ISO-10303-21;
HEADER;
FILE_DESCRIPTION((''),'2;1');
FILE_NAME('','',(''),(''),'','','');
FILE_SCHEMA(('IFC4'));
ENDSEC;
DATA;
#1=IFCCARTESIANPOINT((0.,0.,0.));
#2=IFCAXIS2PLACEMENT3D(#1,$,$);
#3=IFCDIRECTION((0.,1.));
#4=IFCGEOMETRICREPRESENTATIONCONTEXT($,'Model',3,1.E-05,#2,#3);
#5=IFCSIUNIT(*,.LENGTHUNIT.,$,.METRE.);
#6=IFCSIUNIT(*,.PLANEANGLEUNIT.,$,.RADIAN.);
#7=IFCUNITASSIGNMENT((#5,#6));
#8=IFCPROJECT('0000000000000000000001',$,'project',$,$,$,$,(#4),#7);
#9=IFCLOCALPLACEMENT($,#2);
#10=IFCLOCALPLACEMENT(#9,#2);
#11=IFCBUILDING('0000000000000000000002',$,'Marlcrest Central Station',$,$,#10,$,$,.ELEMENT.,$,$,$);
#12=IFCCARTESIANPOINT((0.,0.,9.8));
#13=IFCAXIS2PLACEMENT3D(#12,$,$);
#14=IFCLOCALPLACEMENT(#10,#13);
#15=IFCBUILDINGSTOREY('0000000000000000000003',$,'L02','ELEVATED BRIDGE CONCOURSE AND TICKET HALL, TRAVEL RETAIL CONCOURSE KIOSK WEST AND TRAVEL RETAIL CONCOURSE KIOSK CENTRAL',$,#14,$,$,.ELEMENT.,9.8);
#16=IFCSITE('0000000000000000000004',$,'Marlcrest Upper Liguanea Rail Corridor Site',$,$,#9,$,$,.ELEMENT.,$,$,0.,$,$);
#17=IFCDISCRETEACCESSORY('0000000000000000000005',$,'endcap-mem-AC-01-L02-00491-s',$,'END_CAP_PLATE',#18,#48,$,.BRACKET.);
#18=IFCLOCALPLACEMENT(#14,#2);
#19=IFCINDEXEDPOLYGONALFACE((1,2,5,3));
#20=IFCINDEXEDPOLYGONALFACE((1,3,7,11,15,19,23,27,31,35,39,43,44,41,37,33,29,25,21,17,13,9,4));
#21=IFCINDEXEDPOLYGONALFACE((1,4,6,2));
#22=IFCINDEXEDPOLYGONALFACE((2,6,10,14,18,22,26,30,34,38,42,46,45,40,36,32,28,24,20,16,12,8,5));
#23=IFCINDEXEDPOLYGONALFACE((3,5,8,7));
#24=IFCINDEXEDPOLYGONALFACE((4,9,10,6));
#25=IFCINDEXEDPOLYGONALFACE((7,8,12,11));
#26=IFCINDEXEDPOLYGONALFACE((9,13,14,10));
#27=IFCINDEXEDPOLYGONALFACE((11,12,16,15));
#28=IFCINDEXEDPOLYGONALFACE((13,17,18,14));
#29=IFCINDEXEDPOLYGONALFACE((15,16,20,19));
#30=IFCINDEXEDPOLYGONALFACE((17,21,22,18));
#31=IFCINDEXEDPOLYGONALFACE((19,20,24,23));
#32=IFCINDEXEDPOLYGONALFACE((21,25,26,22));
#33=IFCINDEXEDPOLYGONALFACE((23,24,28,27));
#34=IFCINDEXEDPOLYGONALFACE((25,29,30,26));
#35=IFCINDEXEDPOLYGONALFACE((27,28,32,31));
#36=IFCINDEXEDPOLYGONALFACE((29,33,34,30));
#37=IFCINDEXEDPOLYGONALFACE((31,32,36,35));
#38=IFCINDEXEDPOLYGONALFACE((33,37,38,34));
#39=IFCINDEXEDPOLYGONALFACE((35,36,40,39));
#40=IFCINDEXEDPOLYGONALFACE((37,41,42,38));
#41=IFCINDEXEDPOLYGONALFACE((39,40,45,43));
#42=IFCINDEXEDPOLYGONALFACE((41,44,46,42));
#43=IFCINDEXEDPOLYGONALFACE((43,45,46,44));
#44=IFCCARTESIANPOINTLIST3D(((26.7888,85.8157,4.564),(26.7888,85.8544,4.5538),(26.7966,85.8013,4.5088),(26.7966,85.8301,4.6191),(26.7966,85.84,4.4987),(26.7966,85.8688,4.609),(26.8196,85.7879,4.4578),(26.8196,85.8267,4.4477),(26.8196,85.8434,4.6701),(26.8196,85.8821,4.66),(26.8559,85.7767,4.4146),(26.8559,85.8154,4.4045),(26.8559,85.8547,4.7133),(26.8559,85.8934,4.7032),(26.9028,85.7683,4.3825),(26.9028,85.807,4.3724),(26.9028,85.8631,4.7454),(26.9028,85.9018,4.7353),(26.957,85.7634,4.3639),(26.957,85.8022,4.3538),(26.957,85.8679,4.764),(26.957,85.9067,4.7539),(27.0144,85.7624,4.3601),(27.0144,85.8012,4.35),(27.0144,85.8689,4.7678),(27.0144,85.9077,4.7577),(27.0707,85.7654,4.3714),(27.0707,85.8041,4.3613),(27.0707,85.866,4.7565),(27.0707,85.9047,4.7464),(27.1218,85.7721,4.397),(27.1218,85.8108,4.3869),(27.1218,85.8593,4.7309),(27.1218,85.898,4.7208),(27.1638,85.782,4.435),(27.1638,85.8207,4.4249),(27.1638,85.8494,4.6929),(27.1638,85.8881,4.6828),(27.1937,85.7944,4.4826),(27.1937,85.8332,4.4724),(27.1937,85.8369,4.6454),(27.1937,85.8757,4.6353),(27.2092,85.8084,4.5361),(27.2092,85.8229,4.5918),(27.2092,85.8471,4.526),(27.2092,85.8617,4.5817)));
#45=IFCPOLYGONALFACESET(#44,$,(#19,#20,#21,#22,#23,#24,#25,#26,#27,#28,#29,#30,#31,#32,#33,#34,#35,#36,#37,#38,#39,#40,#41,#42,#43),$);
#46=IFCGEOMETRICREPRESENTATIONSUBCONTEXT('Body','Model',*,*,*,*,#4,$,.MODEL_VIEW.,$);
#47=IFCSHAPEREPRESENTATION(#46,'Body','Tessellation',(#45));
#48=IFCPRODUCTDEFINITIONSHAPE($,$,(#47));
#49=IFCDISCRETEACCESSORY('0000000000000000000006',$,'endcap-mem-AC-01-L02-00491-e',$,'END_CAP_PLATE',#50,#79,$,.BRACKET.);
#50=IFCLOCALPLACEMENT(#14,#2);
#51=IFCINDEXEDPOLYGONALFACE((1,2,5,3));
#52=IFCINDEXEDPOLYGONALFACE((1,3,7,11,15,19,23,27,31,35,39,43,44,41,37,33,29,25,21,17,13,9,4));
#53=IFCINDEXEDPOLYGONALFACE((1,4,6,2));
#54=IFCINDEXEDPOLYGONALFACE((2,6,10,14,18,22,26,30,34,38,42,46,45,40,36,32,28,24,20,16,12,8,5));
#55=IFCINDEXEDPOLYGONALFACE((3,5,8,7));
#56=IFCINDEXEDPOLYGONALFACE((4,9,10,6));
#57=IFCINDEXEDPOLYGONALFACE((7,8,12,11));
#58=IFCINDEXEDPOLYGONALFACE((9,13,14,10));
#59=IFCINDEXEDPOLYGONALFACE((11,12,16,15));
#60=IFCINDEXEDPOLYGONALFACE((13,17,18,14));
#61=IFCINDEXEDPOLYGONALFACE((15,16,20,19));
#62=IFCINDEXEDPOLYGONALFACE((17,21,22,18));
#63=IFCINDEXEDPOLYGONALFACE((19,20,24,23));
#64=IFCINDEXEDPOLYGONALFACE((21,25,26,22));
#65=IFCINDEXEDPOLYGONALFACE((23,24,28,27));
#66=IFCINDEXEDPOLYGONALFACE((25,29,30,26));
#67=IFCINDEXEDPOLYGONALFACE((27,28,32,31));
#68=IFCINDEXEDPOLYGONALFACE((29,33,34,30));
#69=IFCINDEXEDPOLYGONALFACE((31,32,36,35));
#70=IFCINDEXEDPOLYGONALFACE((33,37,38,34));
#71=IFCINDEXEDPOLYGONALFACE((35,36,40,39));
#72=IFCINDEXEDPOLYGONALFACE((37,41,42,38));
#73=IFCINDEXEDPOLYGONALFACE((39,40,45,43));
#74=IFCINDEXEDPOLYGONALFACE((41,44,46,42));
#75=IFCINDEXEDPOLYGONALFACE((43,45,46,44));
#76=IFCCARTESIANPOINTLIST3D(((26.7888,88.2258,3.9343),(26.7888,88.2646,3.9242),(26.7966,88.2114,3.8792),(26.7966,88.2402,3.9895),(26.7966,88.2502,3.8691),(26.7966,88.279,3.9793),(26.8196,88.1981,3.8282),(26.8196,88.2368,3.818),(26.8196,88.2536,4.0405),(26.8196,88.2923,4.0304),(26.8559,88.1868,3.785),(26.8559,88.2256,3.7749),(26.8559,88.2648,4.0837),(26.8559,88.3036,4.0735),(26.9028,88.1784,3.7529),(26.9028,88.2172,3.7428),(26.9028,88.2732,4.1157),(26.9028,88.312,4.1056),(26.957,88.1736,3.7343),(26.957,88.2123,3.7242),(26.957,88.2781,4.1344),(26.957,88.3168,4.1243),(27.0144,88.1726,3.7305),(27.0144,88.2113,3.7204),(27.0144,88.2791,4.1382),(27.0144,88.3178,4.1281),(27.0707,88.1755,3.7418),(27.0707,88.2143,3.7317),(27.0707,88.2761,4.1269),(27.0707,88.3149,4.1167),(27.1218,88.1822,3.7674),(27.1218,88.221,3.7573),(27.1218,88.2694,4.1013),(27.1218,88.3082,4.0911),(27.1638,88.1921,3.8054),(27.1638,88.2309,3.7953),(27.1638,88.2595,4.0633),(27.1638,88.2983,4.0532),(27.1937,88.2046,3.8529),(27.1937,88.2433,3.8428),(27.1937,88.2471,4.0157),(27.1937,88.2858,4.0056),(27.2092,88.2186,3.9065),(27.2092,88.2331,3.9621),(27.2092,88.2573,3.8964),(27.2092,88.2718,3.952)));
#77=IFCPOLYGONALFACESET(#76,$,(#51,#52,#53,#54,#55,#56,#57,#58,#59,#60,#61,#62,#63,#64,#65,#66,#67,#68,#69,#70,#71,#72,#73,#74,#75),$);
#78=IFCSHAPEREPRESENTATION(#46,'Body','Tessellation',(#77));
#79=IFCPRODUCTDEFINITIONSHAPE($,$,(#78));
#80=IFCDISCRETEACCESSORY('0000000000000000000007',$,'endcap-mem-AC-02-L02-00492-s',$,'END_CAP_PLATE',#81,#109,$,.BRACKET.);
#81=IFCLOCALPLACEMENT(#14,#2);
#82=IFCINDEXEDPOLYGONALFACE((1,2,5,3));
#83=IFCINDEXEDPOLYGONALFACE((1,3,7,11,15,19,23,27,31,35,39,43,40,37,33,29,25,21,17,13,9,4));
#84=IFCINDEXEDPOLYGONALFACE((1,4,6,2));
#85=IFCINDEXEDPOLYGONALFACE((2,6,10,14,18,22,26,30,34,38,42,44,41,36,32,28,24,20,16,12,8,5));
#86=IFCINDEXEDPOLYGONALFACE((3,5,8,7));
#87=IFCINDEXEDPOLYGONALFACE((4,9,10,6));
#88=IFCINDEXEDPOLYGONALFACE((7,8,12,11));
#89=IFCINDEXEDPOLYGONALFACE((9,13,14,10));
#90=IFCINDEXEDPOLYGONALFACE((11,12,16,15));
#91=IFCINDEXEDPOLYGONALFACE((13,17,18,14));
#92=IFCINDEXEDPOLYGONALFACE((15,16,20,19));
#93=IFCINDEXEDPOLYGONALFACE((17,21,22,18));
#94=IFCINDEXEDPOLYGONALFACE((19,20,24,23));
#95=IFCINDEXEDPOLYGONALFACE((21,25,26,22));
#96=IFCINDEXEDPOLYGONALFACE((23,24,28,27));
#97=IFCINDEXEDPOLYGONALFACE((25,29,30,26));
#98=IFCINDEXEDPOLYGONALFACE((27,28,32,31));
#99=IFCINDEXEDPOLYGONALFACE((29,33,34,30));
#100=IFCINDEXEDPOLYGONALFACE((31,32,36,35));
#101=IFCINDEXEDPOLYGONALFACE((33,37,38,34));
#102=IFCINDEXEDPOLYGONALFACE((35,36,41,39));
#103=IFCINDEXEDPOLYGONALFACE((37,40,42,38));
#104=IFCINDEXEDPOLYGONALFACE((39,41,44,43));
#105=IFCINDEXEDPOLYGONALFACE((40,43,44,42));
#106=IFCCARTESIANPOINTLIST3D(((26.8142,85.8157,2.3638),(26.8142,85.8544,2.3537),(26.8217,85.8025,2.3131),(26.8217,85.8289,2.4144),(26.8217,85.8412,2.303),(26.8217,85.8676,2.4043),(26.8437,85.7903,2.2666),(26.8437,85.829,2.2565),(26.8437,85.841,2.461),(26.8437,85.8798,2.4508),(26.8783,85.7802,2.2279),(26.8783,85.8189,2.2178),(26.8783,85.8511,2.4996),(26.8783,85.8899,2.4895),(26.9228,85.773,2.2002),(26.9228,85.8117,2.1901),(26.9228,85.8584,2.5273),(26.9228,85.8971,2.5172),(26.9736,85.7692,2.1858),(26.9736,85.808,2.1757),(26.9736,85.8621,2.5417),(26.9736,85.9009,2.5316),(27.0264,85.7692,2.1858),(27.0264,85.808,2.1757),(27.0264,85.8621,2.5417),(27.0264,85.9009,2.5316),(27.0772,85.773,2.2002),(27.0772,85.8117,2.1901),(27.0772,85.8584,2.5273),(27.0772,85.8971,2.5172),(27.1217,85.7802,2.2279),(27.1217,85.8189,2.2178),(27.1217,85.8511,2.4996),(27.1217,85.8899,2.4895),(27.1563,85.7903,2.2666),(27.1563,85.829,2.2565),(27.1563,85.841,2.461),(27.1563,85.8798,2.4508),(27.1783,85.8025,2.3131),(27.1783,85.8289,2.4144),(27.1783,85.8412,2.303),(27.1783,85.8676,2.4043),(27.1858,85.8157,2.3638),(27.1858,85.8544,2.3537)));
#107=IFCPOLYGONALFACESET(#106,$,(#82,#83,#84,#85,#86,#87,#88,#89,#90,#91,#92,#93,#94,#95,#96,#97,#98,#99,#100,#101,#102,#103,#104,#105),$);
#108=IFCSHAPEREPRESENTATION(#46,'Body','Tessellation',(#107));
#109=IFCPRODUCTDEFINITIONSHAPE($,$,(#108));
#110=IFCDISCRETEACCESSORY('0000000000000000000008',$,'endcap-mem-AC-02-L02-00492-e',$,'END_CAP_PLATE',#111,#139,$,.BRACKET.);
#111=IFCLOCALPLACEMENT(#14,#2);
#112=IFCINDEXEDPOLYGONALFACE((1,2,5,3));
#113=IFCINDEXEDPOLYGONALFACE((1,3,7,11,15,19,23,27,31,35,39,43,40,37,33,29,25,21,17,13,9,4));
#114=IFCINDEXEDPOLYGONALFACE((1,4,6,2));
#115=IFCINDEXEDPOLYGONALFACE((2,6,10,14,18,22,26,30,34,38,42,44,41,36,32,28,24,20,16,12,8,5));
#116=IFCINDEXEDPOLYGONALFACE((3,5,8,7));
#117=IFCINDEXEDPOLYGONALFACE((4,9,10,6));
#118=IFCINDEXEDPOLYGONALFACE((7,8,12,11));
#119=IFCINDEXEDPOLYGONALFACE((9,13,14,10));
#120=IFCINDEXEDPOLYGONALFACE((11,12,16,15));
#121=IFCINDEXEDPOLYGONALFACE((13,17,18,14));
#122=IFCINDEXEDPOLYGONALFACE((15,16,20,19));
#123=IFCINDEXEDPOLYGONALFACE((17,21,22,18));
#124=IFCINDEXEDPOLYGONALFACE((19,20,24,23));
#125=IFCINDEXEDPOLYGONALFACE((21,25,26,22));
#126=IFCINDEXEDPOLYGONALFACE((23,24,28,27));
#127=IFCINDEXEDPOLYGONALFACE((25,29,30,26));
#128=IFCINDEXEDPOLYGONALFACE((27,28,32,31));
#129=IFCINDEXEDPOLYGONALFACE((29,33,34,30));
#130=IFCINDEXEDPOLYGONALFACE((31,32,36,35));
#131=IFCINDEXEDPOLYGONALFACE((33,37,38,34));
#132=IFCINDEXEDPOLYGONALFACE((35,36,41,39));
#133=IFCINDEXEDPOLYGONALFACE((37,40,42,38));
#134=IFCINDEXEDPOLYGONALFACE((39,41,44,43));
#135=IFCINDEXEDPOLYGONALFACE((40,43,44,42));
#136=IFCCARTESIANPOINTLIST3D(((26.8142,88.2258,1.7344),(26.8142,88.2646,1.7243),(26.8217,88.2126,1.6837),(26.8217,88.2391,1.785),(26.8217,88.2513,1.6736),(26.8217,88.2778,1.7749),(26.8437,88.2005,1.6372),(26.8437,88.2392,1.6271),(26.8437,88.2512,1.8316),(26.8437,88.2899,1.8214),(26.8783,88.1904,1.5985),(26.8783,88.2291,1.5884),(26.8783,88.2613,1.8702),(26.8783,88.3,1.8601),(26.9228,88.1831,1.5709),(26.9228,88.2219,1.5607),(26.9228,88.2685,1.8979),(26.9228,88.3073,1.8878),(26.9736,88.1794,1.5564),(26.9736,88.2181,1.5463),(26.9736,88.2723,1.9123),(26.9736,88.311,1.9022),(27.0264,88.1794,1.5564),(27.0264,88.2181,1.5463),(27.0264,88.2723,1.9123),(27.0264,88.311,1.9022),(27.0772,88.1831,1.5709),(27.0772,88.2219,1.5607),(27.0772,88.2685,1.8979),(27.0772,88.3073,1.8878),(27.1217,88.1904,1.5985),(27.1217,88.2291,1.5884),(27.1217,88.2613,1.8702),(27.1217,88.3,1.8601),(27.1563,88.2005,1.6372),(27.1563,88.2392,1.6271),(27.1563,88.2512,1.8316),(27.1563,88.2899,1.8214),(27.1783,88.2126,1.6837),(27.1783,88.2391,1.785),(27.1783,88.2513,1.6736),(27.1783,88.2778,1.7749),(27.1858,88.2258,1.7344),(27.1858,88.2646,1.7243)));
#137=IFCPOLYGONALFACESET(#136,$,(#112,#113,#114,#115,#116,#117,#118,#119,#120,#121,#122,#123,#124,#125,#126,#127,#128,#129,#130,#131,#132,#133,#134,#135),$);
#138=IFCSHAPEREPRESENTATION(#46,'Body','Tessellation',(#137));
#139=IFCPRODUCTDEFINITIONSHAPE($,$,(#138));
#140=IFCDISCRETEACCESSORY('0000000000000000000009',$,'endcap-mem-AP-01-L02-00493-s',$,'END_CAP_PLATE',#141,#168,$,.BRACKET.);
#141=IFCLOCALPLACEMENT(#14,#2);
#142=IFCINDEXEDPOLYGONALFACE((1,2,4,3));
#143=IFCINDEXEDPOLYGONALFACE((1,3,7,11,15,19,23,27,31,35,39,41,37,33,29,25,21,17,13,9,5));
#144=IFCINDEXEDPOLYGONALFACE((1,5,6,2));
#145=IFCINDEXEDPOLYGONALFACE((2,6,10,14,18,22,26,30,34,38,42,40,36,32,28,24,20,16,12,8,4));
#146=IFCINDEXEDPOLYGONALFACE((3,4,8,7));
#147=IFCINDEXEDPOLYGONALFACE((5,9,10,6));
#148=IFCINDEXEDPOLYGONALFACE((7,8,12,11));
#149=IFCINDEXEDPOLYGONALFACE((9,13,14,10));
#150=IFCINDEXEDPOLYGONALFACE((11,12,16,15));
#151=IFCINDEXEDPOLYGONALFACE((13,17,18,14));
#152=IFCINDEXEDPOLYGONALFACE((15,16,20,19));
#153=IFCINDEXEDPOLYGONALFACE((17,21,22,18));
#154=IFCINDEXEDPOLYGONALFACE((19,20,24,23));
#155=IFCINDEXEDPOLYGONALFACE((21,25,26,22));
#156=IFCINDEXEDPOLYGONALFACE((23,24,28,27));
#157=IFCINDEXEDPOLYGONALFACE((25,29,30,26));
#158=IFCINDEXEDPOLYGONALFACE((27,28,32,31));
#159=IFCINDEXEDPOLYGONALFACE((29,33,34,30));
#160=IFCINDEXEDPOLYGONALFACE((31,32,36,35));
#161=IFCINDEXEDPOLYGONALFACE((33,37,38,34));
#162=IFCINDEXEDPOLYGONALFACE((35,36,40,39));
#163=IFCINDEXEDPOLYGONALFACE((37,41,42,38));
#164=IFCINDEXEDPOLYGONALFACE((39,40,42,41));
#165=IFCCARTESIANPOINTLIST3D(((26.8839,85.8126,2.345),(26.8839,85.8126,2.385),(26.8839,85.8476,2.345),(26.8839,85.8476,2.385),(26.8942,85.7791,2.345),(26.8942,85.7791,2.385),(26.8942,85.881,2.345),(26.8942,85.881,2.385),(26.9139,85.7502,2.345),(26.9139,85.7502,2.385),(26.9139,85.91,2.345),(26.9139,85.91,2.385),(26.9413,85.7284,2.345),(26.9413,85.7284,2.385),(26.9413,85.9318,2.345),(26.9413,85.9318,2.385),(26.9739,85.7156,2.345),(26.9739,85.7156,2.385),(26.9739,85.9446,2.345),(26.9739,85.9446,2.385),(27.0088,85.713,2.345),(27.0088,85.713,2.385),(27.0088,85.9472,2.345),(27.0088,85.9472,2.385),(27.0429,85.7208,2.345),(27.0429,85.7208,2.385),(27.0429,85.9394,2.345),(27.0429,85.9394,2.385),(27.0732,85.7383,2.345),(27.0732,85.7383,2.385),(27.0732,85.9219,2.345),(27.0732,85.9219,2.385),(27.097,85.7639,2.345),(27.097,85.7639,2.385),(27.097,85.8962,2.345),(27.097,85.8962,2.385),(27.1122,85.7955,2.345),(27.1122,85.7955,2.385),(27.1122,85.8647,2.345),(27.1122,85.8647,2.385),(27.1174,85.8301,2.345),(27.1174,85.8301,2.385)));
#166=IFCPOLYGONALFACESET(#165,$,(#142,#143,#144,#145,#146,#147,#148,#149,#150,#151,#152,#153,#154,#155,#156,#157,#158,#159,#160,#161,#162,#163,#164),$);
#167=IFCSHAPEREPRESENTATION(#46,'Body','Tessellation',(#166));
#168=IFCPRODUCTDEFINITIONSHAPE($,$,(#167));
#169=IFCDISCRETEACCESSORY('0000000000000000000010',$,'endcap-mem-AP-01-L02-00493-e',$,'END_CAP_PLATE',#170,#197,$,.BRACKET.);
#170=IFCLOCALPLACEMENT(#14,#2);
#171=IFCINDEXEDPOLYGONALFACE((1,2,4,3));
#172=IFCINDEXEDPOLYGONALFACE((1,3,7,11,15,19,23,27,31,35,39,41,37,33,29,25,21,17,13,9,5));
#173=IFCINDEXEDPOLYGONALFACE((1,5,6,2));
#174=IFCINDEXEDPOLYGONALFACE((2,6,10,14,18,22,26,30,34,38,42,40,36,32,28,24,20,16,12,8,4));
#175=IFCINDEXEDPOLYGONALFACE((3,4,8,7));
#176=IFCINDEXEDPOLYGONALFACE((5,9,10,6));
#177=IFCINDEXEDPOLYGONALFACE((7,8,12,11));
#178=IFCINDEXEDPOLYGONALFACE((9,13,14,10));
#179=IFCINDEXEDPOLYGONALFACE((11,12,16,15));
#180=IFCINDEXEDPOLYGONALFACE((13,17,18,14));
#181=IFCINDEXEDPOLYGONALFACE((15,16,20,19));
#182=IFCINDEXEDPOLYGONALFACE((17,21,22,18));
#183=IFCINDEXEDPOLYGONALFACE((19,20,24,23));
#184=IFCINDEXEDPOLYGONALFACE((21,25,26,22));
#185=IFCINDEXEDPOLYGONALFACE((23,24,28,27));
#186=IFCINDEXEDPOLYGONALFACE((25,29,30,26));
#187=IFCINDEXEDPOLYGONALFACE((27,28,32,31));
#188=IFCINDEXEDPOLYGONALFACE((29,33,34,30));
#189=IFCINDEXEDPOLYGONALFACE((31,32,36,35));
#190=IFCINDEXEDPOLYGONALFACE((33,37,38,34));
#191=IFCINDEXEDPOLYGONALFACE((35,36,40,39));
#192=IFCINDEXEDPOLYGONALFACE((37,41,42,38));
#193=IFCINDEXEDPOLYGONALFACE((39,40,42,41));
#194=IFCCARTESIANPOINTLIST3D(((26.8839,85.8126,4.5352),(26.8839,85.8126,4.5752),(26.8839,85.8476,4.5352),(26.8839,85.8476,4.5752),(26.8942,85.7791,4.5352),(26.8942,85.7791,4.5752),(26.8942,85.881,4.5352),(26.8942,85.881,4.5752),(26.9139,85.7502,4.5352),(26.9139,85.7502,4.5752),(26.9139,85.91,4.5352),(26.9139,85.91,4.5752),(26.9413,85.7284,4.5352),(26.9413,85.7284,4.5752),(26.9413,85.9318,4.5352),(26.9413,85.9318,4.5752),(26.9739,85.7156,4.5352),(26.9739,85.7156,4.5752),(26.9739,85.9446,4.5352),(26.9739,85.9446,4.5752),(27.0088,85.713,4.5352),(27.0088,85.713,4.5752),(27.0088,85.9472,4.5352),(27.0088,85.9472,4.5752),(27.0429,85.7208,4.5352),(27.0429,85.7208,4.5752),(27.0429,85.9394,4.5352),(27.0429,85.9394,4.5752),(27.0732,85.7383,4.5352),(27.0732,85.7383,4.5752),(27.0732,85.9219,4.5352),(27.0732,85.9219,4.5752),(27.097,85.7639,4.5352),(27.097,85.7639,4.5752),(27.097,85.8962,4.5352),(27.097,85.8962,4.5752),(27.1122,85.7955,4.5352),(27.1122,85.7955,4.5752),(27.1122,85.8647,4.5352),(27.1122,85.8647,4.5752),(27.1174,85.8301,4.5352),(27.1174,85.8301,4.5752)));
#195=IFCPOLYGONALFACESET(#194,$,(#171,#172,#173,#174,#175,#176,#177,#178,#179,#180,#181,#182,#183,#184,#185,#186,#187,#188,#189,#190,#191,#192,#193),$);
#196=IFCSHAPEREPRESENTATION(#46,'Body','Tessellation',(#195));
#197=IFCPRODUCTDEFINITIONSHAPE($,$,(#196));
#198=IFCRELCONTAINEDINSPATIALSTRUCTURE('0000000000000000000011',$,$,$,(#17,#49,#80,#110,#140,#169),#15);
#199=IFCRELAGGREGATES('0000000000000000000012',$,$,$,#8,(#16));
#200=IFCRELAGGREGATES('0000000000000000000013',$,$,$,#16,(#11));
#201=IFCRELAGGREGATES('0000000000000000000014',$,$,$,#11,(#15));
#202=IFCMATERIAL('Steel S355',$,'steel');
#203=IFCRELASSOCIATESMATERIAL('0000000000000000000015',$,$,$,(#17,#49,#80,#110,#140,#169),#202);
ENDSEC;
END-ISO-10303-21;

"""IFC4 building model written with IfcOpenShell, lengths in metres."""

from ifc_helpers import new_model, si_unit, direction, frame, origin, origin_2d, place, context, subcontext, project, spatial, circle, extrude, material, element, save


model = new_model("IFC4")

# Units and contexts
model_context = context("Model", 3, precision=1e-05, world=origin(), true_north=direction((0.0, 1.0)))
body_context = subcontext(model_context, "Body", "Model", "MODEL_VIEW")
ifc_project = project(units=[si_unit("LENGTHUNIT", "METRE"), si_unit("PLANEANGLEUNIT", "RADIAN")], contexts=[model_context])

# Site, building, storey
site_placement = place(None, origin())
site = spatial("IfcSite", under=ifc_project, at=site_placement, Name="Marlcrest Upper Liguanea Rail Corridor Site", CompositionType="ELEMENT", RefElevation=0.0)
building_placement = place(site_placement, origin())
building = spatial("IfcBuilding", under=site, at=building_placement, Name="Marlcrest Central Station", CompositionType="ELEMENT")
storey_placement = place(building_placement, frame((0.0, 0.0, 9.8)))
storey = spatial("IfcBuildingStorey", under=building, at=storey_placement, Name="L02", Description="ELEVATED BRIDGE CONCOURSE AND TICKET HALL, TRAVEL RETAIL CONCOURSE KIOSK WEST AND TRAVEL RETAIL CONCOURSE KIOSK CENTRAL", CompositionType="ELEMENT", Elevation=9.8)

# Shared definitions
ifc_material_1 = material(Name="Steel S355", Category="steel")

# Discrete accessories
for number, where, z_axis, x_axis, name in (
    (1, (27.0, 85.8157, 4.564), (0.0, 0.967539, -0.25272), (-1.0, 0.0, 0.0), "endcap-mem-AC-01-L02-00491-s"),
    (2, (27.0, 88.2258, 3.9343), (0.0, 0.967539, -0.25272), (-1.0, 0.0, 0.0), "endcap-mem-AC-01-L02-00491-e"),
):
    element("IfcDiscreteAccessory", number, at=place(storey_placement, frame(where, z_axis=z_axis, x_axis=x_axis)), inside=storey, material=ifc_material_1, Name=name, ObjectType="END_CAP_PLATE", PredefinedType="BRACKET", context=body_context, shape_type="SweptSolid", body=[
        extrude(circle(Radius=0.2112, at=origin_2d()), origin(), (0.0, 0.0, 1.0), 0.04),
    ])
for number, where, z_axis, x_axis, name in (
    (3, (27.0, 85.8157, 2.3638), (0.0, 0.967563, -0.252629), (-1.0, 0.0, 0.0), "endcap-mem-AC-02-L02-00492-s"),
    (4, (27.0, 88.2258, 1.7344), (0.0, 0.967563, -0.252629), (-1.0, 0.0, 0.0), "endcap-mem-AC-02-L02-00492-e"),
):
    element("IfcDiscreteAccessory", number, at=place(storey_placement, frame(where, z_axis=z_axis, x_axis=x_axis)), inside=storey, material=ifc_material_1, Name=name, ObjectType="END_CAP_PLATE", PredefinedType="BRACKET", context=body_context, shape_type="SweptSolid", body=[
        extrude(circle(Radius=0.1858, at=origin_2d()), origin(), (0.0, 0.0, 1.0), 0.04),
    ])
for number, where, z_axis, x_axis, name in (
    (5, (27.0, 85.8301, 2.345), (0.0, 0.0, 1.0), (1.0, 0.0, 0.0), "endcap-mem-AP-01-L02-00493-s"),
    (6, (27.0, 85.8301, 4.5352), (0.0, 0.0, 1.0), (1.0, 0.0, 0.0), "endcap-mem-AP-01-L02-00493-e"),
):
    element("IfcDiscreteAccessory", number, at=place(storey_placement, frame(where, z_axis=z_axis, x_axis=x_axis)), inside=storey, material=ifc_material_1, Name=name, ObjectType="END_CAP_PLATE", PredefinedType="BRACKET", context=body_context, shape_type="SweptSolid", body=[
        extrude(circle(Radius=0.1174, at=origin_2d()), origin(), (0.0, 0.0, 1.0), 0.04),
    ])

save(model, "model.ifc")
